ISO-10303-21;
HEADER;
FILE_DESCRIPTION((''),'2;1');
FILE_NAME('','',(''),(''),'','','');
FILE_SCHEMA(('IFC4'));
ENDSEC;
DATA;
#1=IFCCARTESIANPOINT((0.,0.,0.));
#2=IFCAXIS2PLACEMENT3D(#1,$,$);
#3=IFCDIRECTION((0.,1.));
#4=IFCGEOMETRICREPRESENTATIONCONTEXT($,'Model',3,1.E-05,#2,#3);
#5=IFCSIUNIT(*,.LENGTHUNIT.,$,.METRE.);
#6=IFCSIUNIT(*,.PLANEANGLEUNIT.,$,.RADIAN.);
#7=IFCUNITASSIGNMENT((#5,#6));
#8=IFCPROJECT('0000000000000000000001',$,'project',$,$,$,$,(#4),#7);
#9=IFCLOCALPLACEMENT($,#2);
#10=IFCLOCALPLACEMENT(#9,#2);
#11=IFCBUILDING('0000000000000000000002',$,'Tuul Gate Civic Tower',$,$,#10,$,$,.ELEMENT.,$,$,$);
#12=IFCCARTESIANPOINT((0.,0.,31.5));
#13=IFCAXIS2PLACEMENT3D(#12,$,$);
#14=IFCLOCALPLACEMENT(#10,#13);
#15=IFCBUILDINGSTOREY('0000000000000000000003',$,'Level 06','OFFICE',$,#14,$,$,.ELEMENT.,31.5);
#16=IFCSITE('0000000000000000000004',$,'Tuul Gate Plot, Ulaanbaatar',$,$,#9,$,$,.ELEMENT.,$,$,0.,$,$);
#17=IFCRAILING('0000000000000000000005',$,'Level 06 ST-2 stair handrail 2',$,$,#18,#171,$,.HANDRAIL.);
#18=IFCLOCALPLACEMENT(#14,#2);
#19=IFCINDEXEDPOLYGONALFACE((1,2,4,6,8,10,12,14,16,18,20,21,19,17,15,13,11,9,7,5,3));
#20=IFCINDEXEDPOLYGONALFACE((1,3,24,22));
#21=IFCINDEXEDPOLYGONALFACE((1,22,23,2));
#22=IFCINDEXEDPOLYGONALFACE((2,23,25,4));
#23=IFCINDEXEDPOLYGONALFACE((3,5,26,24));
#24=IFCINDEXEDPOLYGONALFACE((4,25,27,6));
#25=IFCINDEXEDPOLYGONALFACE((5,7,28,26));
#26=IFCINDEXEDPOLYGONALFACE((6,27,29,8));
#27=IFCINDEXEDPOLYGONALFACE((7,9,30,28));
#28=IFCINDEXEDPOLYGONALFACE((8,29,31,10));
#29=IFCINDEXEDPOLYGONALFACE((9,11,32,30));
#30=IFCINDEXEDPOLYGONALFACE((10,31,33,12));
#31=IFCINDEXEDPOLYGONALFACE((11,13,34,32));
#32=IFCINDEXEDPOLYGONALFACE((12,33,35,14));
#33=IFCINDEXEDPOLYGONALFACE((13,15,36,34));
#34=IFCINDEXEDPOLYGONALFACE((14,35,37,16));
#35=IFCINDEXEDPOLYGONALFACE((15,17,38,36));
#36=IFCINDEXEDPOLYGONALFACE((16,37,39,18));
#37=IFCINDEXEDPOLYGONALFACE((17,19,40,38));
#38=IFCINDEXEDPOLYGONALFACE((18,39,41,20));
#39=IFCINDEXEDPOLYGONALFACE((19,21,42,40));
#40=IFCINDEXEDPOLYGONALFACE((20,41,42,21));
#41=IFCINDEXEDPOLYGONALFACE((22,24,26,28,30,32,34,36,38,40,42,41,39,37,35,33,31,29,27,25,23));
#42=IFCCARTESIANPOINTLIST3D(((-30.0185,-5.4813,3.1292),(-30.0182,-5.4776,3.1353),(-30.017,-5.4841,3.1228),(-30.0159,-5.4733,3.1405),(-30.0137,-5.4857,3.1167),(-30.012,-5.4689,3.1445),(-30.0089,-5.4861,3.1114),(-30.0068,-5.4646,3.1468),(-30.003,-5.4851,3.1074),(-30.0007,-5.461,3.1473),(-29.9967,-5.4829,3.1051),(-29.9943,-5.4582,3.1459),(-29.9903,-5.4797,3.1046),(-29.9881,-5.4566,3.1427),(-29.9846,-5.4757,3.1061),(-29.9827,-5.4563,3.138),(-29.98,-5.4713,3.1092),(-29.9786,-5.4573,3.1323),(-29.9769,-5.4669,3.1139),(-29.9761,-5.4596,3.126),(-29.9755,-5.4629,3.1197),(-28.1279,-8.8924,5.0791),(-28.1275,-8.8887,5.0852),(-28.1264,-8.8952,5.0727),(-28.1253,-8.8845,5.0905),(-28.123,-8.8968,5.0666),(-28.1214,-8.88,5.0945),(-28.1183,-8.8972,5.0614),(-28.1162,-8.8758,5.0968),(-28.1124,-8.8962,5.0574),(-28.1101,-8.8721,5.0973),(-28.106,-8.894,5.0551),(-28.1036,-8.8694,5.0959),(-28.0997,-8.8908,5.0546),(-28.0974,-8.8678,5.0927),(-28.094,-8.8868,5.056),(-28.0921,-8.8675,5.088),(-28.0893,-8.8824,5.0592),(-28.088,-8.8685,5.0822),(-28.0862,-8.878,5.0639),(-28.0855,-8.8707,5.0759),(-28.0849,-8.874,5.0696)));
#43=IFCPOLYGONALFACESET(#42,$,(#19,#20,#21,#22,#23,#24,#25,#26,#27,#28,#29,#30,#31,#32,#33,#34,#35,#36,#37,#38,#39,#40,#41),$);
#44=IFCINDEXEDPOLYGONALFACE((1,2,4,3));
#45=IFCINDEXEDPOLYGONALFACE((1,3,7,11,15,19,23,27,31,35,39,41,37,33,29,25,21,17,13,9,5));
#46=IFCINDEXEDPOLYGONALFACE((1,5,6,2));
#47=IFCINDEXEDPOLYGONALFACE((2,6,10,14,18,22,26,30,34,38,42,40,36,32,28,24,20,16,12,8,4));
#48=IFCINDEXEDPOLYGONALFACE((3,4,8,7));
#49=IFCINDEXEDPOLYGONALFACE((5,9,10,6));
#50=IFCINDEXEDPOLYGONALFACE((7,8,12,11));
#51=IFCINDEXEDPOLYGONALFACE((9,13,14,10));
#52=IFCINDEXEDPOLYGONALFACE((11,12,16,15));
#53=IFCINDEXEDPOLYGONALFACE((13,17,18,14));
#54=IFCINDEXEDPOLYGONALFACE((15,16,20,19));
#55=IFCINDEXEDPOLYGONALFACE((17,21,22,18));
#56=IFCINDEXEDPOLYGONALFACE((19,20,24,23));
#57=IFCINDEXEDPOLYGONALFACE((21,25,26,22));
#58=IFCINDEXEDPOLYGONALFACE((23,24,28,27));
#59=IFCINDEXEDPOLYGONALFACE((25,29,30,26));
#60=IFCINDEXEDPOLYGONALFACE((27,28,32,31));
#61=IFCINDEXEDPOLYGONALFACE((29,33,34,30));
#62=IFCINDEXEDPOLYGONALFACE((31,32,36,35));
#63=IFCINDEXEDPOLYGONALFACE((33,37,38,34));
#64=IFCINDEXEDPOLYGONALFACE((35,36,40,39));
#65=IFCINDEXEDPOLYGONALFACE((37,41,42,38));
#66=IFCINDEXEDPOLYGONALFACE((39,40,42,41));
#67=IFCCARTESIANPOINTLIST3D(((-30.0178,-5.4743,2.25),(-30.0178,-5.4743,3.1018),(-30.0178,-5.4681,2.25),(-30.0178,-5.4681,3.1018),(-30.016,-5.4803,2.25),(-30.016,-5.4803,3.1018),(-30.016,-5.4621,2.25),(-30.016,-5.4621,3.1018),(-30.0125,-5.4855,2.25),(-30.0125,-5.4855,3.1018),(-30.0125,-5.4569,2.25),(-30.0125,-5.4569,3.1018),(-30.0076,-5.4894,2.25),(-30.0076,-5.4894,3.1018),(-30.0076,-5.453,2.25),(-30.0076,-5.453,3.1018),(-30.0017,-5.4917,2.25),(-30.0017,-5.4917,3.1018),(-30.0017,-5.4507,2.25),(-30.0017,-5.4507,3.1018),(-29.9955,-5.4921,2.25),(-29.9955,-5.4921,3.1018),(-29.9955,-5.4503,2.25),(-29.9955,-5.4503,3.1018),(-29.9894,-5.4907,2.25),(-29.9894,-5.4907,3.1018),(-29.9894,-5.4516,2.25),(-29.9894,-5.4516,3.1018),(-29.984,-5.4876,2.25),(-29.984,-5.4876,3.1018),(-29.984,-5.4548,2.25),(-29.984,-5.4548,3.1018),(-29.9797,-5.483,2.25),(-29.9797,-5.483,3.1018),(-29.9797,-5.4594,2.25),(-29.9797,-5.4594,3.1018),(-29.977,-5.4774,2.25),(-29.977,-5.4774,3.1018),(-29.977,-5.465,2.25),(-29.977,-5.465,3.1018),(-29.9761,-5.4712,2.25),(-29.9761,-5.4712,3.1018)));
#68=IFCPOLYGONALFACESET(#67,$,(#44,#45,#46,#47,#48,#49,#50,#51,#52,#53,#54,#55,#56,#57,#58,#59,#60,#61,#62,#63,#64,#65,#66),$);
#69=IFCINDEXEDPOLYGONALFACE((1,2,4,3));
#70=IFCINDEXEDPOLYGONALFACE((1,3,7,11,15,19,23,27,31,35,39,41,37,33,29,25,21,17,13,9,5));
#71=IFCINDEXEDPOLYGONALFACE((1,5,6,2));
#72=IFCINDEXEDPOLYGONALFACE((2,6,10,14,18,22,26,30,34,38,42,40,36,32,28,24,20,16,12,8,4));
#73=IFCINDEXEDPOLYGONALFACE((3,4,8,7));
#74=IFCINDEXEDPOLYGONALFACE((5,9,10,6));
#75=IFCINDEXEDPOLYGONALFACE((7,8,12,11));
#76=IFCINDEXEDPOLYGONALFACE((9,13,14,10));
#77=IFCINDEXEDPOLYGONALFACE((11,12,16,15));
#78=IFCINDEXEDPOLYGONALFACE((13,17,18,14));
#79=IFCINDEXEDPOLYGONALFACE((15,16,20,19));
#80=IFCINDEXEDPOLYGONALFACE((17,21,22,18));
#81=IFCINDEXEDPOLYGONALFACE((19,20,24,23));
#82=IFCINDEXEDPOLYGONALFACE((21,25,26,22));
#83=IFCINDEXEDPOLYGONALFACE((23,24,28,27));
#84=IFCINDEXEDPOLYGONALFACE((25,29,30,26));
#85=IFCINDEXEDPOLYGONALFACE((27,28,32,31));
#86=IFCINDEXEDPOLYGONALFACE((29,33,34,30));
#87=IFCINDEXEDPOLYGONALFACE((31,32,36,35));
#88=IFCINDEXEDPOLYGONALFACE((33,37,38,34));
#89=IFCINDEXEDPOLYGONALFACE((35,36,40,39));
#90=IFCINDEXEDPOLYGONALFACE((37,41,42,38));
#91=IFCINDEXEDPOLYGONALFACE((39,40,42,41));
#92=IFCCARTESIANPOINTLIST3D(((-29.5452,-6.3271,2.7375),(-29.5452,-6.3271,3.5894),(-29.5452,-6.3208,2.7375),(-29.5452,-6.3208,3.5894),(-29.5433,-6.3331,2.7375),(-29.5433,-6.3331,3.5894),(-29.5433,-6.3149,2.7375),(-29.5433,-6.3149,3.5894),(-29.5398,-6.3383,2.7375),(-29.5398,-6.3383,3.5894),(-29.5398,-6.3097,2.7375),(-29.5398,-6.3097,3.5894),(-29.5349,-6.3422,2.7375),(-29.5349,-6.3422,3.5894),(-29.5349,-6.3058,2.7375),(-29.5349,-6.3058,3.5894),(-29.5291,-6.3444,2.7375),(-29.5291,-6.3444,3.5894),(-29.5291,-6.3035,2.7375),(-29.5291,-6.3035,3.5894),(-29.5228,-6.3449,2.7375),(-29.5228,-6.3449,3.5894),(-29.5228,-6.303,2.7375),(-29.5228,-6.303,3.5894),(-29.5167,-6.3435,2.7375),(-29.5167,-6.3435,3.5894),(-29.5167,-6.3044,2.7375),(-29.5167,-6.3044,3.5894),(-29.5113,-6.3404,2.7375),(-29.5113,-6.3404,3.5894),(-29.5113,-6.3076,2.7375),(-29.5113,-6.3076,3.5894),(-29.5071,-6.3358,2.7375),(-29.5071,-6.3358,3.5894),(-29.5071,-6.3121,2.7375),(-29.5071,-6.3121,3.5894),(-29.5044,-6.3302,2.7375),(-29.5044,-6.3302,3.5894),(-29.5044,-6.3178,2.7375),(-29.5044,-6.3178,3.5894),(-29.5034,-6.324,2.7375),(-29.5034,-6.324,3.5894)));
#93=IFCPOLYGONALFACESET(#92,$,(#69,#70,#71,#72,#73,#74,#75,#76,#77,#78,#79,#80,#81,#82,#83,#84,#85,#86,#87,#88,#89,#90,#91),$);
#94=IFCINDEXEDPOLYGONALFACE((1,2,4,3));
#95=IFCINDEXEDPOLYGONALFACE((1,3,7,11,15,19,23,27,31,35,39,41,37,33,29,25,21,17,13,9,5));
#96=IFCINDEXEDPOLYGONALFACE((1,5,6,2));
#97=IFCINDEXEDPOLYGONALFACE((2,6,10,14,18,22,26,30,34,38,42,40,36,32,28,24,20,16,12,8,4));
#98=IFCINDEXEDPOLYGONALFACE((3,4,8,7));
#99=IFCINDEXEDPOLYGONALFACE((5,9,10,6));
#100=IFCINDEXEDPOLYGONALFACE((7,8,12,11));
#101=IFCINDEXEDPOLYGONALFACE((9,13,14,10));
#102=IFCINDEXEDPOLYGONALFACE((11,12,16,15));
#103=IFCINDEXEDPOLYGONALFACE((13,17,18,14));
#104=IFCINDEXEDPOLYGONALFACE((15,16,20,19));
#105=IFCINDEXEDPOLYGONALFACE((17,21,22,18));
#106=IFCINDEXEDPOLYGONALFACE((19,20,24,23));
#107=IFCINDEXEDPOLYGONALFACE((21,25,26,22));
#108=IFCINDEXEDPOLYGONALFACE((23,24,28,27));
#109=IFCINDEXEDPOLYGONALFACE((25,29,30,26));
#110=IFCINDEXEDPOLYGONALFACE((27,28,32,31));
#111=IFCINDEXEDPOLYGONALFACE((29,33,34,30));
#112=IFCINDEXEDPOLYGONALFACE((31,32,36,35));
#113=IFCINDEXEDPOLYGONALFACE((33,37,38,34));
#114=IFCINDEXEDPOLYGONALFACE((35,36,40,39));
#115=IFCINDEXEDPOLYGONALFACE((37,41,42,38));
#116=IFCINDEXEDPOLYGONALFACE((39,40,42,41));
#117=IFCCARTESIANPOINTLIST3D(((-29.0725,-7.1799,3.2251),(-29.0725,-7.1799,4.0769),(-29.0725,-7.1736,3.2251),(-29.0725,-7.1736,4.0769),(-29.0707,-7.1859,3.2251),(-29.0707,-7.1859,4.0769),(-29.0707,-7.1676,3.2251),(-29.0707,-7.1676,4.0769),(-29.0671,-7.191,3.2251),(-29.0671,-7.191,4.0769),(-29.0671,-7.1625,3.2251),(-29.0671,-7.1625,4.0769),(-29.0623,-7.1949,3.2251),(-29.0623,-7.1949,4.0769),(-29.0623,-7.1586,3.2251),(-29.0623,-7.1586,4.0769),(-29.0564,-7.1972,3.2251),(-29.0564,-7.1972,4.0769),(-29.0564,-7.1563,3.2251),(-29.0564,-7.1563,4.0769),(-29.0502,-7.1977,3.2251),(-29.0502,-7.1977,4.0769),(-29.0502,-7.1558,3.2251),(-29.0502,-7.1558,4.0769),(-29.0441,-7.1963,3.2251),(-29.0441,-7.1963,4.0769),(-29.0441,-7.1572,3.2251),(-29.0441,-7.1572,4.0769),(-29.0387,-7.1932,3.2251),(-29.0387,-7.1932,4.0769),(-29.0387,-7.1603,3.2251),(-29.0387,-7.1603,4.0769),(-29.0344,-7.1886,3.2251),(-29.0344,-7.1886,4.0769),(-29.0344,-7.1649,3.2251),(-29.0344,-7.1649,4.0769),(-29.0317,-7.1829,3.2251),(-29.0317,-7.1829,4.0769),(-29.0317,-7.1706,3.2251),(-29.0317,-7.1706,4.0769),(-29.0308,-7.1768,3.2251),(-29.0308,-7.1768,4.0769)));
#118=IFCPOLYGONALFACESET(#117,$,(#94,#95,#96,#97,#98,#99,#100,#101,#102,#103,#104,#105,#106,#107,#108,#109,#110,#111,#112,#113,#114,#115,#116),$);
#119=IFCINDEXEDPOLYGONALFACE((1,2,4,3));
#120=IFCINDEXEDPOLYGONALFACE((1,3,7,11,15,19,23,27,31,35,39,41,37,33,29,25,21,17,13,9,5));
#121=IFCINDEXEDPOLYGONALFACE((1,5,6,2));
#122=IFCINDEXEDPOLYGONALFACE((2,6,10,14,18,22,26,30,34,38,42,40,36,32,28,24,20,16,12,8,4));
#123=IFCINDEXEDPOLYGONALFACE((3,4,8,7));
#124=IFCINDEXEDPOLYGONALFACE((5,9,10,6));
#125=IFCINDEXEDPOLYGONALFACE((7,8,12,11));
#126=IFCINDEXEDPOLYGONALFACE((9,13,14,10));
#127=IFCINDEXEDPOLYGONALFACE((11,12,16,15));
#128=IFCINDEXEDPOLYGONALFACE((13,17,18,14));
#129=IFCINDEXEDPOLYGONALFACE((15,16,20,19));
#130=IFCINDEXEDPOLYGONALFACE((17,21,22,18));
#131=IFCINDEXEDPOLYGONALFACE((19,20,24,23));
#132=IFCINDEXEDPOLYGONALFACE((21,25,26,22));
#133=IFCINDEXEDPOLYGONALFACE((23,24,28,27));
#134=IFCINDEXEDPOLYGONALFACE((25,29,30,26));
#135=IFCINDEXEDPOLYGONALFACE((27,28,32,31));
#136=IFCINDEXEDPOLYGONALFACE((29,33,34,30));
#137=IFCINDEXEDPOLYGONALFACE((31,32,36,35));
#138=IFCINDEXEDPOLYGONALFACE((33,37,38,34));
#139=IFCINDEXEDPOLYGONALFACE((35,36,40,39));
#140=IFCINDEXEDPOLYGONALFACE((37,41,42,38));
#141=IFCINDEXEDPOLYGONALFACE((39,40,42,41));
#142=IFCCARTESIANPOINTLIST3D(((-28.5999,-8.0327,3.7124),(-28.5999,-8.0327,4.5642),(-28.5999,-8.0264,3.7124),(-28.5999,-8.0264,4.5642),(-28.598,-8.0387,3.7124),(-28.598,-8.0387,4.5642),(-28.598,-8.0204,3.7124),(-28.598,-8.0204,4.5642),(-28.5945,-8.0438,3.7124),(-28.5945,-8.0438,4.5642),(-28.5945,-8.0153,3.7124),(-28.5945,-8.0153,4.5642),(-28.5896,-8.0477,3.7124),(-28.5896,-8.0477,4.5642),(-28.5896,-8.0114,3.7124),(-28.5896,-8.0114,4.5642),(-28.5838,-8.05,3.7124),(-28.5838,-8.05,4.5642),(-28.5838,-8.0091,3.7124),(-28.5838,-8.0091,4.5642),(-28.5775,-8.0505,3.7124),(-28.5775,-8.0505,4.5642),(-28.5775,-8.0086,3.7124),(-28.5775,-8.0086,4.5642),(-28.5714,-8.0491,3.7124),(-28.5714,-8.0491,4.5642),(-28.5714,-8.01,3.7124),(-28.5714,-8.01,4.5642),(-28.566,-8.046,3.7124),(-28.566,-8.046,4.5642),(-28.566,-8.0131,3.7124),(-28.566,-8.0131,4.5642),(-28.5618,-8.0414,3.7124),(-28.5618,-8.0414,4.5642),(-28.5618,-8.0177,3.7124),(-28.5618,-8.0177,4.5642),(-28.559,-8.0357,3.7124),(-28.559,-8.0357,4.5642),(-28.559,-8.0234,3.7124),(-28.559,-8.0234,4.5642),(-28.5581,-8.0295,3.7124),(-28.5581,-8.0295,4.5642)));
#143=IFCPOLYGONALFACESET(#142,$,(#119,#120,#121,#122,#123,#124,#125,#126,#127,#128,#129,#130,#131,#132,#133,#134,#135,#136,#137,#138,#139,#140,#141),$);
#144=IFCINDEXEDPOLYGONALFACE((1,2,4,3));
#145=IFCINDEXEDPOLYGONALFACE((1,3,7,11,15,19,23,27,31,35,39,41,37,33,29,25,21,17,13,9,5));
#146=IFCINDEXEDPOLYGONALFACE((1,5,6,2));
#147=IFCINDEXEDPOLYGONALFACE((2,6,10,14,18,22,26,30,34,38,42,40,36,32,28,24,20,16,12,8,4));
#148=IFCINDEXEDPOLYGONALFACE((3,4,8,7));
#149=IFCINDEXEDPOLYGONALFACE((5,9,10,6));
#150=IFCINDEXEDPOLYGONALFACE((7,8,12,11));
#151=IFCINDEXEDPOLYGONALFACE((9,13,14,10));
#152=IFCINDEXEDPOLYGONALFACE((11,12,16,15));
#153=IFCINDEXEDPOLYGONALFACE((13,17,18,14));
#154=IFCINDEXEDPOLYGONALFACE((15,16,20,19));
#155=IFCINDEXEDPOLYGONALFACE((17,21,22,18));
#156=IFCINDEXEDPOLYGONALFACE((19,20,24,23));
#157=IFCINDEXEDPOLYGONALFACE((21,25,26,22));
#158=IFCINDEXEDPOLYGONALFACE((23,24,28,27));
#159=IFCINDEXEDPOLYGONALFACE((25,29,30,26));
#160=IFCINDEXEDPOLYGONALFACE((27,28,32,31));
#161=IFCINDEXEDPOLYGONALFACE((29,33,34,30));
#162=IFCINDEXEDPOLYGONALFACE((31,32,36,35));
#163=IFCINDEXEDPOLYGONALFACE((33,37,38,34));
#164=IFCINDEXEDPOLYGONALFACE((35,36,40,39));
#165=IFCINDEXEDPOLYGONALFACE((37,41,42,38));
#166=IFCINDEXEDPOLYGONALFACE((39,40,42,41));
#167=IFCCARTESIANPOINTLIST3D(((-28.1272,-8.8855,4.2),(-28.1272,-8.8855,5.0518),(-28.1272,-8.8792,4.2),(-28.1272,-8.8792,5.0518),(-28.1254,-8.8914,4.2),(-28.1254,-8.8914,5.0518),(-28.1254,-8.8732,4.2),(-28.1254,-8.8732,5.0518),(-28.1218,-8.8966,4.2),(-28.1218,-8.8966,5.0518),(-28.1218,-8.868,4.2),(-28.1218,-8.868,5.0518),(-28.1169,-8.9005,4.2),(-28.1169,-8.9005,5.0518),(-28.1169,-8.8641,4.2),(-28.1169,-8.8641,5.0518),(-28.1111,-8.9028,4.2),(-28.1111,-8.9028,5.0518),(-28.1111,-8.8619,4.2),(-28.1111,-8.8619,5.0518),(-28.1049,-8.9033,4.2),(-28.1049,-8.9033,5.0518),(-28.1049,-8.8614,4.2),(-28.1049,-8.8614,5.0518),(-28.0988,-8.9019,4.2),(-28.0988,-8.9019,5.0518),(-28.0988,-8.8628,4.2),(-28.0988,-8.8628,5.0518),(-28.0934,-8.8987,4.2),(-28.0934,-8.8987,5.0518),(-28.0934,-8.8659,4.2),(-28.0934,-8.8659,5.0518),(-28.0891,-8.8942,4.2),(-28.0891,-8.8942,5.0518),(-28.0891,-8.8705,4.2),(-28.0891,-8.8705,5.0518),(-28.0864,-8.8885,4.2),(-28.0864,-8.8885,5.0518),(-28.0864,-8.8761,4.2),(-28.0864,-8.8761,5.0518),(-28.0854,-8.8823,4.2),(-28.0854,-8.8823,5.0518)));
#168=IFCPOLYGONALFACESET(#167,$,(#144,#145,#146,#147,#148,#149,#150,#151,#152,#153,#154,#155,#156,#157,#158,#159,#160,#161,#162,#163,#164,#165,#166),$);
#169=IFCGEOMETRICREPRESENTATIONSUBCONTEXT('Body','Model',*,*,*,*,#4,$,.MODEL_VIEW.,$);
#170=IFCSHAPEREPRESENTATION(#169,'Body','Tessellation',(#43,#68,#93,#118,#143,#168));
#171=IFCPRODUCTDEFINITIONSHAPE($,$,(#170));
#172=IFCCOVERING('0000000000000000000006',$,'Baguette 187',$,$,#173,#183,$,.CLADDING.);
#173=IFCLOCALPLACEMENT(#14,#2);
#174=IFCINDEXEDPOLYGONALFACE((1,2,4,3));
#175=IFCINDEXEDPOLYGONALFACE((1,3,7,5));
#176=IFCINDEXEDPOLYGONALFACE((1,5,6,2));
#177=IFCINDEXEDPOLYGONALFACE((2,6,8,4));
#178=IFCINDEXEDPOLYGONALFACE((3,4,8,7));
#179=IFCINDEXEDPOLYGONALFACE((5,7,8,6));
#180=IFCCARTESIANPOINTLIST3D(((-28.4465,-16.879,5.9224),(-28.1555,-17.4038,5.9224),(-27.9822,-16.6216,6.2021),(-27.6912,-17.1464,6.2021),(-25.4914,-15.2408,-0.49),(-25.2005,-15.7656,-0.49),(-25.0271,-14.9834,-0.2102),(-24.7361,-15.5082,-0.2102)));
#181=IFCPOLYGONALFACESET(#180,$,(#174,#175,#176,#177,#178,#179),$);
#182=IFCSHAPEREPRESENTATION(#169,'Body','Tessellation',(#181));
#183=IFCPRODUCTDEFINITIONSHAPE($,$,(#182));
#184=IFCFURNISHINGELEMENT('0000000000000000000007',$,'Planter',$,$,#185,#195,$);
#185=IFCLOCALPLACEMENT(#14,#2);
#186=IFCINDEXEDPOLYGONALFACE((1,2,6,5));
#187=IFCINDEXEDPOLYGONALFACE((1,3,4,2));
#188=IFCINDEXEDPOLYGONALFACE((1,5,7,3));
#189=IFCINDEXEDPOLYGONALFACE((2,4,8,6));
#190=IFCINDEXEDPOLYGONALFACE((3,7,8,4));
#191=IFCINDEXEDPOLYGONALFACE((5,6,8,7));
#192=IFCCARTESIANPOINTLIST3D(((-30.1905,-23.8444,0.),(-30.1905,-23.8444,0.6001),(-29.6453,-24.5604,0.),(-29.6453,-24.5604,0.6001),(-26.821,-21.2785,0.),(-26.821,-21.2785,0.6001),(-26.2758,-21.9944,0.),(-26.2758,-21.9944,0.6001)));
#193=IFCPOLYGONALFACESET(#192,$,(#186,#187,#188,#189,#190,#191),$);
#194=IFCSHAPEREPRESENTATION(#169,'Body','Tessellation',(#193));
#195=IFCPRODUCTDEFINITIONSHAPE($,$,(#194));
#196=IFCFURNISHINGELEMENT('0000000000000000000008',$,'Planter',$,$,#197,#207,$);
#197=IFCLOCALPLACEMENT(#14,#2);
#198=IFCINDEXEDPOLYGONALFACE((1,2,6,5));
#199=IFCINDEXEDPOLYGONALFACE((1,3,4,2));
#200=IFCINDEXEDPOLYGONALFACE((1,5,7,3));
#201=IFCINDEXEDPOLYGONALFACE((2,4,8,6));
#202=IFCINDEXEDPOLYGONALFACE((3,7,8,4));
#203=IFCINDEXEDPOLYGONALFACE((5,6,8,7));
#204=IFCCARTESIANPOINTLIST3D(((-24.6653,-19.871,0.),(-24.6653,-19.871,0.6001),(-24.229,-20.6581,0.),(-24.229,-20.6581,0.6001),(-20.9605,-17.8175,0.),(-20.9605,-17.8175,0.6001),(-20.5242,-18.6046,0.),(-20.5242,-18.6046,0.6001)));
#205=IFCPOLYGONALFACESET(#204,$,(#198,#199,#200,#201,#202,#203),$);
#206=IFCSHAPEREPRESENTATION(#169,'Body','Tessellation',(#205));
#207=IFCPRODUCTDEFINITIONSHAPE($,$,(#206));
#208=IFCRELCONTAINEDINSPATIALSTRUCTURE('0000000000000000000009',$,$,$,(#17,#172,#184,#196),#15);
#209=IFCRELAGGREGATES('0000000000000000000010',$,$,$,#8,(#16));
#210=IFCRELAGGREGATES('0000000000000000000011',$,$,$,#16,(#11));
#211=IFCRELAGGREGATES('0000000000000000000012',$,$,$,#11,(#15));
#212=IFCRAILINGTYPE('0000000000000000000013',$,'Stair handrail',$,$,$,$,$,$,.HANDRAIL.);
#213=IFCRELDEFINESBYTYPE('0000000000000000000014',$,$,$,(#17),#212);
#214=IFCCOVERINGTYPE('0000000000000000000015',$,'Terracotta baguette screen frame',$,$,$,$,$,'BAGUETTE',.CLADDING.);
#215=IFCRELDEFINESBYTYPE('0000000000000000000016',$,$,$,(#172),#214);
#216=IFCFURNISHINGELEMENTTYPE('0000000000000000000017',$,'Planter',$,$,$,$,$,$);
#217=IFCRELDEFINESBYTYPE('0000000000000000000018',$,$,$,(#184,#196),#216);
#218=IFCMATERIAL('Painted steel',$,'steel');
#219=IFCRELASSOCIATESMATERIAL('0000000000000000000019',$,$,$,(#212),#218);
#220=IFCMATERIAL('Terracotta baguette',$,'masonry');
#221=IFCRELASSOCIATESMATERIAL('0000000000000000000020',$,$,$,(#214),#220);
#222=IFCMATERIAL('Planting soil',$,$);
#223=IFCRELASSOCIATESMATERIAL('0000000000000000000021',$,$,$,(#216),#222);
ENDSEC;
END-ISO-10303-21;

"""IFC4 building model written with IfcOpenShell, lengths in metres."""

from ifc_helpers import new_model, si_unit, direction, frame, origin, origin_2d, place, context, subcontext, project, spatial, rectangle, circle, extrude, material, material_profile, profile_set, type_object, element, save


model = new_model("IFC4")

# Units and contexts
model_context = context("Model", 3, precision=1e-05, world=origin(), true_north=direction((0.0, 1.0)))
body_context = subcontext(model_context, "Body", "Model", "MODEL_VIEW")
ifc_project = project(units=[si_unit("LENGTHUNIT", "METRE"), si_unit("PLANEANGLEUNIT", "RADIAN")], contexts=[model_context])

# Site, building, storey
site_placement = place(None, origin())
site = spatial("IfcSite", under=ifc_project, at=site_placement, Name="Tuul Gate Plot, Ulaanbaatar", CompositionType="ELEMENT", RefElevation=0.0)
building_placement = place(site_placement, origin())
building = spatial("IfcBuilding", under=site, at=building_placement, Name="Tuul Gate Civic Tower", CompositionType="ELEMENT")
storey_placement = place(building_placement, frame((0.0, 0.0, 31.5)))
storey = spatial("IfcBuildingStorey", under=building, at=storey_placement, Name="Level 06", Description="OFFICE", CompositionType="ELEMENT", Elevation=31.5)

# Railing
ifc_material_1 = material(Name="Painted steel", Category="steel")
railing_type_1 = type_object("IfcRailingType", Name="Stair handrail", PredefinedType="HANDRAIL", material=ifc_material_1)
railing_1_placement = place(storey_placement, frame((-29.9971, -5.4712, 2.25)))
element("IfcRailing", 1, at=railing_1_placement, inside=storey, type_object=railing_type_1, Name="Level 06 ST-2 stair handrail 2", PredefinedType="HANDRAIL", context=body_context, shape_type="SweptSolid", body=[
    extrude(circle(Radius=0.0239, at=origin_2d()), frame((0.0, 0.0, 0.876), z_axis=(0.433595, -0.782308, 0.447201), x_axis=(0.874641, 0.484771, 0.0)), (0.0, 0.0, 1.0), 4.3604),
    extrude(circle(Radius=0.021, at=origin_2d()), origin(), (0.0, 0.0, 1.0), 0.8518),
    extrude(circle(Radius=0.021, at=origin_2d()), frame((0.4727, -0.8528, 0.4875)), (0.0, 0.0, 1.0), 0.8518),
    extrude(circle(Radius=0.021, at=origin_2d()), frame((0.9453, -1.7056, 0.9751)), (0.0, 0.0, 1.0), 0.8518),
    extrude(circle(Radius=0.021, at=origin_2d()), frame((1.418, -2.5583, 1.4624)), (0.0, 0.0, 1.0), 0.8518),
    extrude(circle(Radius=0.021, at=origin_2d()), frame((1.8906, -3.4111, 1.95)), (0.0, 0.0, 1.0), 0.8518),
])

# Covering
ifc_material_2 = material(Name="Terracotta baguette", Category="masonry")
ifc_material_profile_1 = material_profile(ifc_material_2, rectangle(XDim=0.6001, YDim=0.6001, at=origin_2d()), Name="Terracotta baguette screen frame")
ifc_profile_set_1 = profile_set([ifc_material_profile_1], Name="Terracotta baguette")
covering_type = type_object("IfcCoveringType", Name="Terracotta baguette screen frame", ElementType="BAGUETTE", PredefinedType="CLADDING", material=ifc_profile_set_1)
covering_placement = place(storey_placement, frame((-28.0688, -17.0127, 6.0623), z_axis=(0.407706, 0.226017, -0.884699), x_axis=(-0.484845, 0.8746, 0.0)))
element("IfcCovering", 2, at=covering_placement, inside=storey, type_object=covering_type, Name="Baguette 187", PredefinedType="CLADDING", context=body_context, shape_type="SweptSolid", body=[
    extrude(rectangle(XDim=0.6001, YDim=0.6001, at=origin_2d()), origin(), (0.0, 0.0, 1.0), 7.248),
])

# Furnishing elements
ifc_material_3 = material(Name="Planting soil")
furnishing_element_type = type_object("IfcFurnishingElementType", Name="Planter", material=ifc_material_3)
furnishing_1_placement = place(storey_placement, frame((-28.2332, -22.9194, 0.0), z_axis=(0.0, 0.0, 1.0), x_axis=(0.795584, 0.605843, 0.0)))
element("IfcFurnishingElement", 3, at=furnishing_1_placement, inside=storey, type_object=furnishing_element_type, Name="Planter", context=body_context, shape_type="SweptSolid", body=[
    extrude(rectangle(XDim=4.2354, YDim=0.8999, at=origin_2d()), origin(), (0.0, 0.0, 1.0), 0.6001),
])
furnishing_2_placement = place(storey_placement, frame((-22.5947, -19.2378, 0.0), z_axis=(0.0, 0.0, 1.0), x_axis=(0.874633, 0.484785, 0.0)))
element("IfcFurnishingElement", 4, at=furnishing_2_placement, inside=storey, type_object=furnishing_element_type, Name="Planter", context=body_context, shape_type="SweptSolid", body=[
    extrude(rectangle(XDim=4.2358, YDim=0.8999, at=origin_2d()), origin(), (0.0, 0.0, 1.0), 0.6001),
])

save(model, "model.ifc")
